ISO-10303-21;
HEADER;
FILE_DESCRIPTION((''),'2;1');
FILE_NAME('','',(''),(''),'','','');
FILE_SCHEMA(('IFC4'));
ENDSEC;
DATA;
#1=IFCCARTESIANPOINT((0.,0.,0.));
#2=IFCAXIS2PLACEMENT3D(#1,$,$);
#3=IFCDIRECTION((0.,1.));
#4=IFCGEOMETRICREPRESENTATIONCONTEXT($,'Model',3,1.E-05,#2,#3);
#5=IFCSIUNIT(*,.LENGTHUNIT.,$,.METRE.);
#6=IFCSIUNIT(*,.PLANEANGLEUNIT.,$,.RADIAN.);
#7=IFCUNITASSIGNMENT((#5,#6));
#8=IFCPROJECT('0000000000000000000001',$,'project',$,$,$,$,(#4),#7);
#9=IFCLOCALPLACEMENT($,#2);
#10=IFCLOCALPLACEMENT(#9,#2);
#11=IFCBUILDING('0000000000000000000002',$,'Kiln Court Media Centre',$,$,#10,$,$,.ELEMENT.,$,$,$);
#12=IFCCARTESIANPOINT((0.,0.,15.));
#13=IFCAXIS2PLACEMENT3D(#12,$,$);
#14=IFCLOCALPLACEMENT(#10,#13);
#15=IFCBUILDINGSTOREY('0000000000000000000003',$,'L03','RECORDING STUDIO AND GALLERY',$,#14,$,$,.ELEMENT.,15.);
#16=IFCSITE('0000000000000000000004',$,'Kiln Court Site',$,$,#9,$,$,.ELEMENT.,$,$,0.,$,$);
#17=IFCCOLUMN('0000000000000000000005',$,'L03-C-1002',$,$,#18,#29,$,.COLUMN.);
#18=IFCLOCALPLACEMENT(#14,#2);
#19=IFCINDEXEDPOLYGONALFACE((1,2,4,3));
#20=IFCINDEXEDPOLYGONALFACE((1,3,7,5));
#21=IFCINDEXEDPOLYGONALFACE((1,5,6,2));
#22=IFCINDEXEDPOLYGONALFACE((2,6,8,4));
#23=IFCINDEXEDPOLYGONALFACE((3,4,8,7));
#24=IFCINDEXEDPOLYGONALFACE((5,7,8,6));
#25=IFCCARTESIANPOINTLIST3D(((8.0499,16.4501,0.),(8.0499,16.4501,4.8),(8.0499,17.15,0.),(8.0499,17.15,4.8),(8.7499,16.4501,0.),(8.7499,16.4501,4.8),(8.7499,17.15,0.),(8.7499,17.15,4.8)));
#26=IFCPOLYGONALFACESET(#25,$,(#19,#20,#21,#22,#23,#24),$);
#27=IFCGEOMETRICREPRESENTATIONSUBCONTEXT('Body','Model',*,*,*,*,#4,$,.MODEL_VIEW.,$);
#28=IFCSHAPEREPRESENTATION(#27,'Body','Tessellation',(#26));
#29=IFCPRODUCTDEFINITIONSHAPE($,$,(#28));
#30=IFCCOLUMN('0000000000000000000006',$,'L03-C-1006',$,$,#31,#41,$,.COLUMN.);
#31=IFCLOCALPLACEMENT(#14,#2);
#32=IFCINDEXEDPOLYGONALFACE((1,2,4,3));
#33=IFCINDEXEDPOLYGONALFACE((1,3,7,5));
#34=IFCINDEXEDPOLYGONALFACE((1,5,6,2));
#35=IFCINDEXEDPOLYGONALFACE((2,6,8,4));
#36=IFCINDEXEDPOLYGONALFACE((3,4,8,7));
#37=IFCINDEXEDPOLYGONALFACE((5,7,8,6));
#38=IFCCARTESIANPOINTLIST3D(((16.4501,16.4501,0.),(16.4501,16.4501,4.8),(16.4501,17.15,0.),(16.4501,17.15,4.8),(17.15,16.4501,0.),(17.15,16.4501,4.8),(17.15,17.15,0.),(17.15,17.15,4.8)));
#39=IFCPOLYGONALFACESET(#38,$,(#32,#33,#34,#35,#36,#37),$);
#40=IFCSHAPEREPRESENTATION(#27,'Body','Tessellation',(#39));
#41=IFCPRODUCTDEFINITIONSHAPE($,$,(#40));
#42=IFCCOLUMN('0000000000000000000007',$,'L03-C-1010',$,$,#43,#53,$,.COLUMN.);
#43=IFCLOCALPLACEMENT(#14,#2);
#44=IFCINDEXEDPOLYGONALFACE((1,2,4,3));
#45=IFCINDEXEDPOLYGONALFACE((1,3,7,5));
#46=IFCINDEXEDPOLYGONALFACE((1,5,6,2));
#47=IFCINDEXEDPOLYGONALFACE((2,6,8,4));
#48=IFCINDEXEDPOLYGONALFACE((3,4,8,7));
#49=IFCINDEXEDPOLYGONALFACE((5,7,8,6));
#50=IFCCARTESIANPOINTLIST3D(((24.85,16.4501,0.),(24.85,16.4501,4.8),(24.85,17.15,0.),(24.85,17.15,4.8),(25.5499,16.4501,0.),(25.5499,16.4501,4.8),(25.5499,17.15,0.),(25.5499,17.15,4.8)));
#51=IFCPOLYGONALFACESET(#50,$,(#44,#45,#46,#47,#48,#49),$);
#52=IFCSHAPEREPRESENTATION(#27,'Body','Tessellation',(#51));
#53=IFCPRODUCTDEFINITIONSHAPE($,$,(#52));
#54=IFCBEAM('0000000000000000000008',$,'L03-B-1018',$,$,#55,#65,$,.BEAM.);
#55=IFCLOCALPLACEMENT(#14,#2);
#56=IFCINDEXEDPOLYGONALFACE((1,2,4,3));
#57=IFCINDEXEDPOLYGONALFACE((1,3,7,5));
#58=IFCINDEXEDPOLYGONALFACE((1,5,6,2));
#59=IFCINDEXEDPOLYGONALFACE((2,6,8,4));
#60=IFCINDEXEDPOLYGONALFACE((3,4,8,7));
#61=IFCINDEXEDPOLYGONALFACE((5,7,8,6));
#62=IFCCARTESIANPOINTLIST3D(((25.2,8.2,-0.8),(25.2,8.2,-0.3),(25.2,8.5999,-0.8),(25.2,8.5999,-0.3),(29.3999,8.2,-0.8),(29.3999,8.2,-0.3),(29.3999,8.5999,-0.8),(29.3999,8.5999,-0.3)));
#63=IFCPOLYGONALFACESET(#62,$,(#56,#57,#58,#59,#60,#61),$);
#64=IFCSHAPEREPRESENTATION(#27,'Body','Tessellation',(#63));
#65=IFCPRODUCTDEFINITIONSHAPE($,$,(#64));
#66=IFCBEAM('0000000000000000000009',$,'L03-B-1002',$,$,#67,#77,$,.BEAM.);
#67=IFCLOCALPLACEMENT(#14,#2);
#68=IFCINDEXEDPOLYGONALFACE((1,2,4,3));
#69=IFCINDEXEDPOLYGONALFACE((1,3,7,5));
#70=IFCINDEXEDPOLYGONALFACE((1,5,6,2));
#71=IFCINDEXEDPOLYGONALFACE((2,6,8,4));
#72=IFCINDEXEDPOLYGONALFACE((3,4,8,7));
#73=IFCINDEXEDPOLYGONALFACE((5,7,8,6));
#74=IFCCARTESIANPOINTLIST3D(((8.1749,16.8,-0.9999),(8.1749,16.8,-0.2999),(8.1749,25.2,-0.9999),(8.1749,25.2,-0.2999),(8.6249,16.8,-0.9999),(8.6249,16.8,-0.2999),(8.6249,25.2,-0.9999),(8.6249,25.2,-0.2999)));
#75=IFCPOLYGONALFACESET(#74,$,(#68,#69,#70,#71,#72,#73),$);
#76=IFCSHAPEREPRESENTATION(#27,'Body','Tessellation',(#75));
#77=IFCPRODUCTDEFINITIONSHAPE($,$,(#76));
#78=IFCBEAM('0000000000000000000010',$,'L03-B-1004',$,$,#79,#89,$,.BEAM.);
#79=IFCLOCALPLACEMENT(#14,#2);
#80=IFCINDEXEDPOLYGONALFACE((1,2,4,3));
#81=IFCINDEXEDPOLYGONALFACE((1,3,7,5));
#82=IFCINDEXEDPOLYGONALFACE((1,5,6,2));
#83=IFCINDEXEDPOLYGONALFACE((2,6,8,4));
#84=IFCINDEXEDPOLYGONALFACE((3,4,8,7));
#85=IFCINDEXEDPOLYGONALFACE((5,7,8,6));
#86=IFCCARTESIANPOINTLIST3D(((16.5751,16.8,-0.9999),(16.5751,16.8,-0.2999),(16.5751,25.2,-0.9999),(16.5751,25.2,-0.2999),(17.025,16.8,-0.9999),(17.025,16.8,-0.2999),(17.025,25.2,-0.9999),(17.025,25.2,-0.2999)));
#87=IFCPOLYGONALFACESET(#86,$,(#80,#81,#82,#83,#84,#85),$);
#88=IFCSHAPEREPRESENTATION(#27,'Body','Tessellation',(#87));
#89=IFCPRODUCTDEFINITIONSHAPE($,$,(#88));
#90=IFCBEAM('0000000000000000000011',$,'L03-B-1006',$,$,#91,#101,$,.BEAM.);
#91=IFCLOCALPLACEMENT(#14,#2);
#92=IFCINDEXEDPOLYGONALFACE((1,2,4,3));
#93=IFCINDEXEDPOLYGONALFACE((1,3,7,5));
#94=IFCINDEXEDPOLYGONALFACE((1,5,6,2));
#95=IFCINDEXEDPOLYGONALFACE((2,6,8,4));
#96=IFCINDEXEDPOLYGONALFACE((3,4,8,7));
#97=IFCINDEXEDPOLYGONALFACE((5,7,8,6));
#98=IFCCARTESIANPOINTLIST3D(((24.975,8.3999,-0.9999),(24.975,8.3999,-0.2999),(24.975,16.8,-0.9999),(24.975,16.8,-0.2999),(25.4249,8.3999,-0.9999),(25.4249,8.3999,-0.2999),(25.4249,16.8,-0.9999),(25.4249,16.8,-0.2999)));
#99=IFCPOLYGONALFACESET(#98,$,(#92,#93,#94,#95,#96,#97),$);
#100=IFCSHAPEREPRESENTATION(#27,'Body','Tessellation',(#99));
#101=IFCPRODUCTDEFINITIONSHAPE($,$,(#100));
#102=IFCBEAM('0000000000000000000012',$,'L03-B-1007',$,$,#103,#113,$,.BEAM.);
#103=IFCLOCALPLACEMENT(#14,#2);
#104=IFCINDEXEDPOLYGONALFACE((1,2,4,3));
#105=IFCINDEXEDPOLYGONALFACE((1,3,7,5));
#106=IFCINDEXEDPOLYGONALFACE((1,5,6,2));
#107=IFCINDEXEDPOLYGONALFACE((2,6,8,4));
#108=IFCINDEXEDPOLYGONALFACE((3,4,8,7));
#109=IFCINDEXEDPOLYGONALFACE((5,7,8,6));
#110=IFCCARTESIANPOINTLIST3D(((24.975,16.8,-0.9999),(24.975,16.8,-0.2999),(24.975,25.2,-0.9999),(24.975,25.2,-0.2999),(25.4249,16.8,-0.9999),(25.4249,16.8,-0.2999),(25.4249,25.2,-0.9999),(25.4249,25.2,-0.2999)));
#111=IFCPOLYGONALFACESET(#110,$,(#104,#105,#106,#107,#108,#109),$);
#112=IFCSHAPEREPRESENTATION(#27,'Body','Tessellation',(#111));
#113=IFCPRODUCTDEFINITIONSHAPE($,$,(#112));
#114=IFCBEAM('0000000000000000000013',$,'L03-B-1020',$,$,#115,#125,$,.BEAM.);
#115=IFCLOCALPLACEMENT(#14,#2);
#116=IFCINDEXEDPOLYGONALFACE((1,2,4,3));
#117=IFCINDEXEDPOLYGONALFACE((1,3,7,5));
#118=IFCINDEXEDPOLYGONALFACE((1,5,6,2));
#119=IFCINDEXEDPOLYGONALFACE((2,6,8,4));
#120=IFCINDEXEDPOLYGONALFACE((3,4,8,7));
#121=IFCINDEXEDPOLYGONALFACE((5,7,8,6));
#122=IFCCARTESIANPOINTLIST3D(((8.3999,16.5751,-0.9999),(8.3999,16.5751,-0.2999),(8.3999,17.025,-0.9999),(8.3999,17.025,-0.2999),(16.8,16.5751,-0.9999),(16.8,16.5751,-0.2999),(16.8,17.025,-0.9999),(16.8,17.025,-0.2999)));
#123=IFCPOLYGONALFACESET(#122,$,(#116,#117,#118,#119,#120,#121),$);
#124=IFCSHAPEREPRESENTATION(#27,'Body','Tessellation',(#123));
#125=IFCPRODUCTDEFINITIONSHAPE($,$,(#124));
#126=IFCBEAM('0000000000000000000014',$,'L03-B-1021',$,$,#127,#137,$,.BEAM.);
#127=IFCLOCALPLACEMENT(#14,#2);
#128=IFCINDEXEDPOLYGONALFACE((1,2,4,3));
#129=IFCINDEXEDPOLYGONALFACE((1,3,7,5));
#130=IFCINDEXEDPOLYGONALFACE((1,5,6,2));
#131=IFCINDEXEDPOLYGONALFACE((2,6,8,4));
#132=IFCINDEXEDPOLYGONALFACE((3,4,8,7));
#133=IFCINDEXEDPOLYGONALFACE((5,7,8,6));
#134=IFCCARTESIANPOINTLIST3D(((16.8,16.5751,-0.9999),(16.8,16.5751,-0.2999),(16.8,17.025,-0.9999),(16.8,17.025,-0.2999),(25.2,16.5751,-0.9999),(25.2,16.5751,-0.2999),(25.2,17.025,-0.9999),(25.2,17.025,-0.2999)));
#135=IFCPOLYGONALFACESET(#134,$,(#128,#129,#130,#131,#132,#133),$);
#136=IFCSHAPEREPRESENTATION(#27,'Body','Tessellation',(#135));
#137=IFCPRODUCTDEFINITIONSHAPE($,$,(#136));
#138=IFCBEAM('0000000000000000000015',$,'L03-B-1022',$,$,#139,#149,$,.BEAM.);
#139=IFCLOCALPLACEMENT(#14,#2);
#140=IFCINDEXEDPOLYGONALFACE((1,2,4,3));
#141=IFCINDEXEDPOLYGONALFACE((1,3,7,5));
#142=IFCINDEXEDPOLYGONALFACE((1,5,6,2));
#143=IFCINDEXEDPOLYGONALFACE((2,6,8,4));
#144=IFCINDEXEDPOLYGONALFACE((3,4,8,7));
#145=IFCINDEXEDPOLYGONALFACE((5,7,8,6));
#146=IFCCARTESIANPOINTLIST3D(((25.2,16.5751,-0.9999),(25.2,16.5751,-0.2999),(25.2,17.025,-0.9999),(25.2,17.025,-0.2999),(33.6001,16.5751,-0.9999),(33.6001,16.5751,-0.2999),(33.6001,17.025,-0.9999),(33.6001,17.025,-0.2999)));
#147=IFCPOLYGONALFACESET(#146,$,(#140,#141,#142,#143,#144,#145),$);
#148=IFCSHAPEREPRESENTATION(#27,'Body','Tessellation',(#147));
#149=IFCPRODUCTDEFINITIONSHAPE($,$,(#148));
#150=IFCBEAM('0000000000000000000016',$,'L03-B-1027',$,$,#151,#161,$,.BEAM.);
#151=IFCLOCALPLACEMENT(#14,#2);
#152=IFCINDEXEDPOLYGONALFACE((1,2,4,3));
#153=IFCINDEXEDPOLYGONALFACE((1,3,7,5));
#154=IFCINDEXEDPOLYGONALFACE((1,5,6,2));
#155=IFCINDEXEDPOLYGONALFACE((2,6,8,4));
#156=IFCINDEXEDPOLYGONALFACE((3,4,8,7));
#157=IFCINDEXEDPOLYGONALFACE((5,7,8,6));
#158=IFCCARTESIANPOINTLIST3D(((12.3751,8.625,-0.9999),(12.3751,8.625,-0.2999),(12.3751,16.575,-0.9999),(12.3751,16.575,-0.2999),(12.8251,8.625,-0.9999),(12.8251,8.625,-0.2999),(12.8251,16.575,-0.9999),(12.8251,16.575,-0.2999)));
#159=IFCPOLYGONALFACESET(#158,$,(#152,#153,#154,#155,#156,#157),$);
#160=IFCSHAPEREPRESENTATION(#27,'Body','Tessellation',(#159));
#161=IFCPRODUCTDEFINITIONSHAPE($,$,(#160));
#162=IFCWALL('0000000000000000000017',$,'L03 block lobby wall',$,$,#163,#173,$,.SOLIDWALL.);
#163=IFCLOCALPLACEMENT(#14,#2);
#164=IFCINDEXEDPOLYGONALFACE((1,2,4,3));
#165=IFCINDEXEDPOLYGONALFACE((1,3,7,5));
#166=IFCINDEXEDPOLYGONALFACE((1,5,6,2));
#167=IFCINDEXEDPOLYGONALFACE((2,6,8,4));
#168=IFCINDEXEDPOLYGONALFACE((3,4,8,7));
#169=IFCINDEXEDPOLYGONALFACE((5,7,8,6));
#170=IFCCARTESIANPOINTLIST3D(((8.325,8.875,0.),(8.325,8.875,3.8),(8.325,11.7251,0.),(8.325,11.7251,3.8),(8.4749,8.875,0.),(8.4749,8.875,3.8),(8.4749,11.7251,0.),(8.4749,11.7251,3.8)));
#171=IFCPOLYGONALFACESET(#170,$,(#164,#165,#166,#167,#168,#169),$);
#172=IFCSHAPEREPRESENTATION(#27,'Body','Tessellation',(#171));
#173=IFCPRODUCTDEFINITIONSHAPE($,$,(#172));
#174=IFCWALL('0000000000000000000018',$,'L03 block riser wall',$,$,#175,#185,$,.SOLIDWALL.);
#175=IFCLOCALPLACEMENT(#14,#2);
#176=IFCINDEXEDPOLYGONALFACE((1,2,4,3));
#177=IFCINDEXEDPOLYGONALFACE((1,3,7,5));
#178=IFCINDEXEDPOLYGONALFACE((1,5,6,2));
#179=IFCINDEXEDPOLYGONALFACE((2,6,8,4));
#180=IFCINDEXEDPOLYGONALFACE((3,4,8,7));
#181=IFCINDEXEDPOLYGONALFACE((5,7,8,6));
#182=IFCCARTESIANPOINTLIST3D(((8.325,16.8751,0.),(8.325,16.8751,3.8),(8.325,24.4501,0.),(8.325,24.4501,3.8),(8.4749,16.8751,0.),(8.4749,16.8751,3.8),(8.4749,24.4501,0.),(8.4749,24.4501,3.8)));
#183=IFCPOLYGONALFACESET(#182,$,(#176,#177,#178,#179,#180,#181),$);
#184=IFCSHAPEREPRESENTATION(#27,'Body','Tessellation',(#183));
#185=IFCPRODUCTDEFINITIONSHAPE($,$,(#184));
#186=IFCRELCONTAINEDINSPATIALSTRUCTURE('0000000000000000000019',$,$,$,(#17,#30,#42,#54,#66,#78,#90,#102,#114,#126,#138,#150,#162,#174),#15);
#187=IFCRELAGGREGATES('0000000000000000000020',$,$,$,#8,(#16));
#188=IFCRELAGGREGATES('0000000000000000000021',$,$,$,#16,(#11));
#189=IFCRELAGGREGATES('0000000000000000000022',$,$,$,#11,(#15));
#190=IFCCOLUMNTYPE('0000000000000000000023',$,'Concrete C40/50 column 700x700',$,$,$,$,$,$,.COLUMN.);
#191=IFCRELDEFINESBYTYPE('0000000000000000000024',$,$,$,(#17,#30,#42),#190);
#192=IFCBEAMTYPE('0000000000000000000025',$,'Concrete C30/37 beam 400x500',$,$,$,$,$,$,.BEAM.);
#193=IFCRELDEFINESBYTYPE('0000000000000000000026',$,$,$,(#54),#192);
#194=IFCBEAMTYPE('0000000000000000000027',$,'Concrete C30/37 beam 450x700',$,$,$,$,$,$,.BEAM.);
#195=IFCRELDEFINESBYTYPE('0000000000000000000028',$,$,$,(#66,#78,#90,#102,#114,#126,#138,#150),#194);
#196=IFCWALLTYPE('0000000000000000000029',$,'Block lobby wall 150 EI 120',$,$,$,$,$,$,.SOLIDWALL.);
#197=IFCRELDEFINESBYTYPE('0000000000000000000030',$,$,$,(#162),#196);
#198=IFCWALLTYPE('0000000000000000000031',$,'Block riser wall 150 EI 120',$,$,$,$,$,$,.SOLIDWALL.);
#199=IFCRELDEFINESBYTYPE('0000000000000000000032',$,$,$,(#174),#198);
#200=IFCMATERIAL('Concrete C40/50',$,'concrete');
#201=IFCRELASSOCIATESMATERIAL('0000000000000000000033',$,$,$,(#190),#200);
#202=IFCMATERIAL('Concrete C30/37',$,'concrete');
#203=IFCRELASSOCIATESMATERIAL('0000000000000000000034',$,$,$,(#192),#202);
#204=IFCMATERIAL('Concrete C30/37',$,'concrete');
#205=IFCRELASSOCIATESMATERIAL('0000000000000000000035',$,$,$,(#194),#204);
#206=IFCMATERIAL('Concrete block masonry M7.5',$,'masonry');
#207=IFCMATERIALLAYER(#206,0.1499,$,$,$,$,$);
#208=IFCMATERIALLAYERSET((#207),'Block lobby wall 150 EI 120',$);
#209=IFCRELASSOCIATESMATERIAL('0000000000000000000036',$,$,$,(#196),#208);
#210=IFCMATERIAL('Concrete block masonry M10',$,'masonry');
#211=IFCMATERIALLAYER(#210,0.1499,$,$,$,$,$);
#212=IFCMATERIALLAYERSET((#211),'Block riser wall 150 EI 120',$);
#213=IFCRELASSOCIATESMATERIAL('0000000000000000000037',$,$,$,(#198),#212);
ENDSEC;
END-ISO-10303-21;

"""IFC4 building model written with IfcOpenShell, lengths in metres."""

from ifc_helpers import new_model, si_unit, direction, frame, frame_2d, origin, origin_2d, place, context, subcontext, project, spatial, rectangle, extrude, material, layer, layer_set, material_profile, profile_set, type_object, element, save


model = new_model("IFC4")

# Units and contexts
model_context = context("Model", 3, precision=1e-05, world=origin(), true_north=direction((0.0, 1.0)))
body_context = subcontext(model_context, "Body", "Model", "MODEL_VIEW")
ifc_project = project(units=[si_unit("LENGTHUNIT", "METRE"), si_unit("PLANEANGLEUNIT", "RADIAN")], contexts=[model_context])

# Site, building, storey
site_placement = place(None, origin())
site = spatial("IfcSite", under=ifc_project, at=site_placement, Name="Kiln Court Site", CompositionType="ELEMENT", RefElevation=0.0)
building_placement = place(site_placement, origin())
building = spatial("IfcBuilding", under=site, at=building_placement, Name="Kiln Court Media Centre", CompositionType="ELEMENT")
storey_placement = place(building_placement, frame((0.0, 0.0, 15.0)))
storey = spatial("IfcBuildingStorey", under=building, at=storey_placement, Name="L03", Description="RECORDING STUDIO AND GALLERY", CompositionType="ELEMENT", Elevation=15.0)

# Columns
ifc_material_1 = material(Name="Concrete C40/50", Category="concrete")
ifc_material_profile_1 = material_profile(ifc_material_1, rectangle(XDim=0.7, YDim=0.7, at=origin_2d()), Name="RC 700x700")
ifc_profile_set_1 = profile_set([ifc_material_profile_1], Name="Concrete C40/50")
column_type = type_object("IfcColumnType", Name="Concrete C40/50 column 700x700", PredefinedType="COLUMN", material=ifc_profile_set_1)
for number, where, z_axis, x_axis, name in (
    (1, (8.3999, 16.8, 0.0), (0.0, 0.0, 1.0), (1.0, 0.0, 0.0), "L03-C-1002"),
    (2, (16.8, 16.8, 0.0), (0.0, 0.0, 1.0), (1.0, 0.0, 0.0), "L03-C-1006"),
    (3, (25.2, 16.8, 0.0), (0.0, 0.0, 1.0), (1.0, 0.0, 0.0), "L03-C-1010"),
):
    element("IfcColumn", number, at=place(storey_placement, frame(where, z_axis=z_axis, x_axis=x_axis)), inside=storey, type_object=column_type, Name=name, PredefinedType="COLUMN", context=body_context, shape_type="SweptSolid", body=[
        extrude(rectangle(XDim=0.7, YDim=0.7, at=origin_2d()), origin(), (0.0, 0.0, 1.0), 4.8),
    ])

# Beams
ifc_material_2 = material(Name="Concrete C30/37", Category="concrete")
ifc_material_profile_2 = material_profile(ifc_material_2, rectangle(XDim=0.3999, YDim=0.5, at=origin_2d()), Name="RC 400x500")
ifc_profile_set_2 = profile_set([ifc_material_profile_2], Name="Concrete C30/37")
beam_type_1 = type_object("IfcBeamType", Name="Concrete C30/37 beam 400x500", PredefinedType="BEAM", material=ifc_profile_set_2)
beam_1_placement = place(storey_placement, frame((25.2, 8.3999, -0.55), z_axis=(1.0, 0.0, 0.0), x_axis=(0.0, 1.0, 0.0)))
element("IfcBeam", 4, at=beam_1_placement, inside=storey, type_object=beam_type_1, Name="L03-B-1018", PredefinedType="BEAM", context=body_context, shape_type="SweptSolid", body=[
    extrude(rectangle(XDim=0.3999, YDim=0.5, at=origin_2d()), origin(), (0.0, 0.0, 1.0), 4.2),
])
ifc_material_3 = material(Name="Concrete C30/37", Category="concrete")
ifc_material_profile_3 = material_profile(ifc_material_3, rectangle(XDim=0.45, YDim=0.7, at=origin_2d()), Name="RC 450x700")
ifc_profile_set_3 = profile_set([ifc_material_profile_3], Name="Concrete C30/37")
beam_type_2 = type_object("IfcBeamType", Name="Concrete C30/37 beam 450x700", PredefinedType="BEAM", material=ifc_profile_set_3)
for number, where, z_axis, x_axis, name in (
    (5, (8.3999, 16.8, -0.6499), (0.0, 1.0, 0.0), (-1.0, 0.0, 0.0), "L03-B-1002"),
    (6, (16.8, 16.8, -0.6499), (0.0, 1.0, 0.0), (-1.0, 0.0, 0.0), "L03-B-1004"),
):
    element("IfcBeam", number, at=place(storey_placement, frame(where, z_axis=z_axis, x_axis=x_axis)), inside=storey, type_object=beam_type_2, Name=name, PredefinedType="BEAM", context=body_context, shape_type="SweptSolid", body=[
        extrude(rectangle(XDim=0.45, YDim=0.7, at=origin_2d()), origin(), (0.0, 0.0, 1.0), 8.3999),
    ])
beam_2_placement = place(storey_placement, frame((25.2, 8.3999, -0.6499), z_axis=(0.0, 1.0, 0.0), x_axis=(-1.0, 0.0, 0.0)))
element("IfcBeam", 7, at=beam_2_placement, inside=storey, type_object=beam_type_2, Name="L03-B-1006", PredefinedType="BEAM", context=body_context, shape_type="SweptSolid", body=[
    extrude(rectangle(XDim=0.45, YDim=0.7, at=origin_2d()), origin(), (0.0, 0.0, 1.0), 8.4001),
])
beam_3_placement = place(storey_placement, frame((25.2, 16.8, -0.6499), z_axis=(0.0, 1.0, 0.0), x_axis=(-1.0, 0.0, 0.0)))
element("IfcBeam", 8, at=beam_3_placement, inside=storey, type_object=beam_type_2, Name="L03-B-1007", PredefinedType="BEAM", context=body_context, shape_type="SweptSolid", body=[
    extrude(rectangle(XDim=0.45, YDim=0.7, at=origin_2d()), origin(), (0.0, 0.0, 1.0), 8.3999),
])
beam_4_placement = place(storey_placement, frame((8.3999, 16.8, -0.6499), z_axis=(1.0, 0.0, 0.0), x_axis=(0.0, 1.0, 0.0)))
element("IfcBeam", 9, at=beam_4_placement, inside=storey, type_object=beam_type_2, Name="L03-B-1020", PredefinedType="BEAM", context=body_context, shape_type="SweptSolid", body=[
    extrude(rectangle(XDim=0.45, YDim=0.7, at=origin_2d()), origin(), (0.0, 0.0, 1.0), 8.4001),
])
beam_5_placement = place(storey_placement, frame((16.8, 16.8, -0.6499), z_axis=(1.0, 0.0, 0.0), x_axis=(0.0, 1.0, 0.0)))
element("IfcBeam", 10, at=beam_5_placement, inside=storey, type_object=beam_type_2, Name="L03-B-1021", PredefinedType="BEAM", context=body_context, shape_type="SweptSolid", body=[
    extrude(rectangle(XDim=0.45, YDim=0.7, at=origin_2d()), origin(), (0.0, 0.0, 1.0), 8.3999),
])
beam_6_placement = place(storey_placement, frame((25.2, 16.8, -0.6499), z_axis=(1.0, 0.0, 0.0), x_axis=(0.0, 1.0, 0.0)))
element("IfcBeam", 11, at=beam_6_placement, inside=storey, type_object=beam_type_2, Name="L03-B-1022", PredefinedType="BEAM", context=body_context, shape_type="SweptSolid", body=[
    extrude(rectangle(XDim=0.45, YDim=0.7, at=origin_2d()), origin(), (0.0, 0.0, 1.0), 8.4001),
])
beam_7_placement = place(storey_placement, frame((12.6001, 16.575, -0.6499), z_axis=(0.0, -1.0, 0.0), x_axis=(1.0, 0.0, 0.0)))
element("IfcBeam", 12, at=beam_7_placement, inside=storey, type_object=beam_type_2, Name="L03-B-1027", PredefinedType="BEAM", context=body_context, shape_type="SweptSolid", body=[
    extrude(rectangle(XDim=0.45, YDim=0.7, at=origin_2d()), origin(), (0.0, 0.0, 1.0), 7.95),
])

# Walls
ifc_material_4 = material(Name="Concrete block masonry M7.5", Category="masonry")
ifc_layer_1 = layer(ifc_material_4, 0.1499)
ifc_layer_set_1 = layer_set([ifc_layer_1], Name="Block lobby wall 150 EI 120")
wall_type_1 = type_object("IfcWallType", Name="Block lobby wall 150 EI 120", PredefinedType="SOLIDWALL", material=ifc_layer_set_1)
wall_1_placement = place(storey_placement, frame((8.3999, 8.875, 0.0), z_axis=(0.0, 0.0, 1.0), x_axis=(0.0, 1.0, 0.0)))
element("IfcWall", 13, at=wall_1_placement, inside=storey, type_object=wall_type_1, Name="L03 block lobby wall", PredefinedType="SOLIDWALL", context=body_context, shape_type="SweptSolid", body=[
    extrude(rectangle(XDim=2.8501, YDim=0.1499, at=frame_2d((1.425, 0.0))), origin(), (0.0, 0.0, 1.0), 3.8),
])
ifc_material_5 = material(Name="Concrete block masonry M10", Category="masonry")
ifc_layer_2 = layer(ifc_material_5, 0.1499)
ifc_layer_set_2 = layer_set([ifc_layer_2], Name="Block riser wall 150 EI 120")
wall_type_2 = type_object("IfcWallType", Name="Block riser wall 150 EI 120", PredefinedType="SOLIDWALL", material=ifc_layer_set_2)
wall_2_placement = place(storey_placement, frame((8.3999, 16.875, 0.0), z_axis=(0.0, 0.0, 1.0), x_axis=(0.0, 1.0, 0.0)))
element("IfcWall", 14, at=wall_2_placement, inside=storey, type_object=wall_type_2, Name="L03 block riser wall", PredefinedType="SOLIDWALL", context=body_context, shape_type="SweptSolid", body=[
    extrude(rectangle(XDim=7.575, YDim=0.1499, at=frame_2d((3.7876, 0.0))), origin(), (0.0, 0.0, 1.0), 3.8),
])

save(model, "model.ifc")
